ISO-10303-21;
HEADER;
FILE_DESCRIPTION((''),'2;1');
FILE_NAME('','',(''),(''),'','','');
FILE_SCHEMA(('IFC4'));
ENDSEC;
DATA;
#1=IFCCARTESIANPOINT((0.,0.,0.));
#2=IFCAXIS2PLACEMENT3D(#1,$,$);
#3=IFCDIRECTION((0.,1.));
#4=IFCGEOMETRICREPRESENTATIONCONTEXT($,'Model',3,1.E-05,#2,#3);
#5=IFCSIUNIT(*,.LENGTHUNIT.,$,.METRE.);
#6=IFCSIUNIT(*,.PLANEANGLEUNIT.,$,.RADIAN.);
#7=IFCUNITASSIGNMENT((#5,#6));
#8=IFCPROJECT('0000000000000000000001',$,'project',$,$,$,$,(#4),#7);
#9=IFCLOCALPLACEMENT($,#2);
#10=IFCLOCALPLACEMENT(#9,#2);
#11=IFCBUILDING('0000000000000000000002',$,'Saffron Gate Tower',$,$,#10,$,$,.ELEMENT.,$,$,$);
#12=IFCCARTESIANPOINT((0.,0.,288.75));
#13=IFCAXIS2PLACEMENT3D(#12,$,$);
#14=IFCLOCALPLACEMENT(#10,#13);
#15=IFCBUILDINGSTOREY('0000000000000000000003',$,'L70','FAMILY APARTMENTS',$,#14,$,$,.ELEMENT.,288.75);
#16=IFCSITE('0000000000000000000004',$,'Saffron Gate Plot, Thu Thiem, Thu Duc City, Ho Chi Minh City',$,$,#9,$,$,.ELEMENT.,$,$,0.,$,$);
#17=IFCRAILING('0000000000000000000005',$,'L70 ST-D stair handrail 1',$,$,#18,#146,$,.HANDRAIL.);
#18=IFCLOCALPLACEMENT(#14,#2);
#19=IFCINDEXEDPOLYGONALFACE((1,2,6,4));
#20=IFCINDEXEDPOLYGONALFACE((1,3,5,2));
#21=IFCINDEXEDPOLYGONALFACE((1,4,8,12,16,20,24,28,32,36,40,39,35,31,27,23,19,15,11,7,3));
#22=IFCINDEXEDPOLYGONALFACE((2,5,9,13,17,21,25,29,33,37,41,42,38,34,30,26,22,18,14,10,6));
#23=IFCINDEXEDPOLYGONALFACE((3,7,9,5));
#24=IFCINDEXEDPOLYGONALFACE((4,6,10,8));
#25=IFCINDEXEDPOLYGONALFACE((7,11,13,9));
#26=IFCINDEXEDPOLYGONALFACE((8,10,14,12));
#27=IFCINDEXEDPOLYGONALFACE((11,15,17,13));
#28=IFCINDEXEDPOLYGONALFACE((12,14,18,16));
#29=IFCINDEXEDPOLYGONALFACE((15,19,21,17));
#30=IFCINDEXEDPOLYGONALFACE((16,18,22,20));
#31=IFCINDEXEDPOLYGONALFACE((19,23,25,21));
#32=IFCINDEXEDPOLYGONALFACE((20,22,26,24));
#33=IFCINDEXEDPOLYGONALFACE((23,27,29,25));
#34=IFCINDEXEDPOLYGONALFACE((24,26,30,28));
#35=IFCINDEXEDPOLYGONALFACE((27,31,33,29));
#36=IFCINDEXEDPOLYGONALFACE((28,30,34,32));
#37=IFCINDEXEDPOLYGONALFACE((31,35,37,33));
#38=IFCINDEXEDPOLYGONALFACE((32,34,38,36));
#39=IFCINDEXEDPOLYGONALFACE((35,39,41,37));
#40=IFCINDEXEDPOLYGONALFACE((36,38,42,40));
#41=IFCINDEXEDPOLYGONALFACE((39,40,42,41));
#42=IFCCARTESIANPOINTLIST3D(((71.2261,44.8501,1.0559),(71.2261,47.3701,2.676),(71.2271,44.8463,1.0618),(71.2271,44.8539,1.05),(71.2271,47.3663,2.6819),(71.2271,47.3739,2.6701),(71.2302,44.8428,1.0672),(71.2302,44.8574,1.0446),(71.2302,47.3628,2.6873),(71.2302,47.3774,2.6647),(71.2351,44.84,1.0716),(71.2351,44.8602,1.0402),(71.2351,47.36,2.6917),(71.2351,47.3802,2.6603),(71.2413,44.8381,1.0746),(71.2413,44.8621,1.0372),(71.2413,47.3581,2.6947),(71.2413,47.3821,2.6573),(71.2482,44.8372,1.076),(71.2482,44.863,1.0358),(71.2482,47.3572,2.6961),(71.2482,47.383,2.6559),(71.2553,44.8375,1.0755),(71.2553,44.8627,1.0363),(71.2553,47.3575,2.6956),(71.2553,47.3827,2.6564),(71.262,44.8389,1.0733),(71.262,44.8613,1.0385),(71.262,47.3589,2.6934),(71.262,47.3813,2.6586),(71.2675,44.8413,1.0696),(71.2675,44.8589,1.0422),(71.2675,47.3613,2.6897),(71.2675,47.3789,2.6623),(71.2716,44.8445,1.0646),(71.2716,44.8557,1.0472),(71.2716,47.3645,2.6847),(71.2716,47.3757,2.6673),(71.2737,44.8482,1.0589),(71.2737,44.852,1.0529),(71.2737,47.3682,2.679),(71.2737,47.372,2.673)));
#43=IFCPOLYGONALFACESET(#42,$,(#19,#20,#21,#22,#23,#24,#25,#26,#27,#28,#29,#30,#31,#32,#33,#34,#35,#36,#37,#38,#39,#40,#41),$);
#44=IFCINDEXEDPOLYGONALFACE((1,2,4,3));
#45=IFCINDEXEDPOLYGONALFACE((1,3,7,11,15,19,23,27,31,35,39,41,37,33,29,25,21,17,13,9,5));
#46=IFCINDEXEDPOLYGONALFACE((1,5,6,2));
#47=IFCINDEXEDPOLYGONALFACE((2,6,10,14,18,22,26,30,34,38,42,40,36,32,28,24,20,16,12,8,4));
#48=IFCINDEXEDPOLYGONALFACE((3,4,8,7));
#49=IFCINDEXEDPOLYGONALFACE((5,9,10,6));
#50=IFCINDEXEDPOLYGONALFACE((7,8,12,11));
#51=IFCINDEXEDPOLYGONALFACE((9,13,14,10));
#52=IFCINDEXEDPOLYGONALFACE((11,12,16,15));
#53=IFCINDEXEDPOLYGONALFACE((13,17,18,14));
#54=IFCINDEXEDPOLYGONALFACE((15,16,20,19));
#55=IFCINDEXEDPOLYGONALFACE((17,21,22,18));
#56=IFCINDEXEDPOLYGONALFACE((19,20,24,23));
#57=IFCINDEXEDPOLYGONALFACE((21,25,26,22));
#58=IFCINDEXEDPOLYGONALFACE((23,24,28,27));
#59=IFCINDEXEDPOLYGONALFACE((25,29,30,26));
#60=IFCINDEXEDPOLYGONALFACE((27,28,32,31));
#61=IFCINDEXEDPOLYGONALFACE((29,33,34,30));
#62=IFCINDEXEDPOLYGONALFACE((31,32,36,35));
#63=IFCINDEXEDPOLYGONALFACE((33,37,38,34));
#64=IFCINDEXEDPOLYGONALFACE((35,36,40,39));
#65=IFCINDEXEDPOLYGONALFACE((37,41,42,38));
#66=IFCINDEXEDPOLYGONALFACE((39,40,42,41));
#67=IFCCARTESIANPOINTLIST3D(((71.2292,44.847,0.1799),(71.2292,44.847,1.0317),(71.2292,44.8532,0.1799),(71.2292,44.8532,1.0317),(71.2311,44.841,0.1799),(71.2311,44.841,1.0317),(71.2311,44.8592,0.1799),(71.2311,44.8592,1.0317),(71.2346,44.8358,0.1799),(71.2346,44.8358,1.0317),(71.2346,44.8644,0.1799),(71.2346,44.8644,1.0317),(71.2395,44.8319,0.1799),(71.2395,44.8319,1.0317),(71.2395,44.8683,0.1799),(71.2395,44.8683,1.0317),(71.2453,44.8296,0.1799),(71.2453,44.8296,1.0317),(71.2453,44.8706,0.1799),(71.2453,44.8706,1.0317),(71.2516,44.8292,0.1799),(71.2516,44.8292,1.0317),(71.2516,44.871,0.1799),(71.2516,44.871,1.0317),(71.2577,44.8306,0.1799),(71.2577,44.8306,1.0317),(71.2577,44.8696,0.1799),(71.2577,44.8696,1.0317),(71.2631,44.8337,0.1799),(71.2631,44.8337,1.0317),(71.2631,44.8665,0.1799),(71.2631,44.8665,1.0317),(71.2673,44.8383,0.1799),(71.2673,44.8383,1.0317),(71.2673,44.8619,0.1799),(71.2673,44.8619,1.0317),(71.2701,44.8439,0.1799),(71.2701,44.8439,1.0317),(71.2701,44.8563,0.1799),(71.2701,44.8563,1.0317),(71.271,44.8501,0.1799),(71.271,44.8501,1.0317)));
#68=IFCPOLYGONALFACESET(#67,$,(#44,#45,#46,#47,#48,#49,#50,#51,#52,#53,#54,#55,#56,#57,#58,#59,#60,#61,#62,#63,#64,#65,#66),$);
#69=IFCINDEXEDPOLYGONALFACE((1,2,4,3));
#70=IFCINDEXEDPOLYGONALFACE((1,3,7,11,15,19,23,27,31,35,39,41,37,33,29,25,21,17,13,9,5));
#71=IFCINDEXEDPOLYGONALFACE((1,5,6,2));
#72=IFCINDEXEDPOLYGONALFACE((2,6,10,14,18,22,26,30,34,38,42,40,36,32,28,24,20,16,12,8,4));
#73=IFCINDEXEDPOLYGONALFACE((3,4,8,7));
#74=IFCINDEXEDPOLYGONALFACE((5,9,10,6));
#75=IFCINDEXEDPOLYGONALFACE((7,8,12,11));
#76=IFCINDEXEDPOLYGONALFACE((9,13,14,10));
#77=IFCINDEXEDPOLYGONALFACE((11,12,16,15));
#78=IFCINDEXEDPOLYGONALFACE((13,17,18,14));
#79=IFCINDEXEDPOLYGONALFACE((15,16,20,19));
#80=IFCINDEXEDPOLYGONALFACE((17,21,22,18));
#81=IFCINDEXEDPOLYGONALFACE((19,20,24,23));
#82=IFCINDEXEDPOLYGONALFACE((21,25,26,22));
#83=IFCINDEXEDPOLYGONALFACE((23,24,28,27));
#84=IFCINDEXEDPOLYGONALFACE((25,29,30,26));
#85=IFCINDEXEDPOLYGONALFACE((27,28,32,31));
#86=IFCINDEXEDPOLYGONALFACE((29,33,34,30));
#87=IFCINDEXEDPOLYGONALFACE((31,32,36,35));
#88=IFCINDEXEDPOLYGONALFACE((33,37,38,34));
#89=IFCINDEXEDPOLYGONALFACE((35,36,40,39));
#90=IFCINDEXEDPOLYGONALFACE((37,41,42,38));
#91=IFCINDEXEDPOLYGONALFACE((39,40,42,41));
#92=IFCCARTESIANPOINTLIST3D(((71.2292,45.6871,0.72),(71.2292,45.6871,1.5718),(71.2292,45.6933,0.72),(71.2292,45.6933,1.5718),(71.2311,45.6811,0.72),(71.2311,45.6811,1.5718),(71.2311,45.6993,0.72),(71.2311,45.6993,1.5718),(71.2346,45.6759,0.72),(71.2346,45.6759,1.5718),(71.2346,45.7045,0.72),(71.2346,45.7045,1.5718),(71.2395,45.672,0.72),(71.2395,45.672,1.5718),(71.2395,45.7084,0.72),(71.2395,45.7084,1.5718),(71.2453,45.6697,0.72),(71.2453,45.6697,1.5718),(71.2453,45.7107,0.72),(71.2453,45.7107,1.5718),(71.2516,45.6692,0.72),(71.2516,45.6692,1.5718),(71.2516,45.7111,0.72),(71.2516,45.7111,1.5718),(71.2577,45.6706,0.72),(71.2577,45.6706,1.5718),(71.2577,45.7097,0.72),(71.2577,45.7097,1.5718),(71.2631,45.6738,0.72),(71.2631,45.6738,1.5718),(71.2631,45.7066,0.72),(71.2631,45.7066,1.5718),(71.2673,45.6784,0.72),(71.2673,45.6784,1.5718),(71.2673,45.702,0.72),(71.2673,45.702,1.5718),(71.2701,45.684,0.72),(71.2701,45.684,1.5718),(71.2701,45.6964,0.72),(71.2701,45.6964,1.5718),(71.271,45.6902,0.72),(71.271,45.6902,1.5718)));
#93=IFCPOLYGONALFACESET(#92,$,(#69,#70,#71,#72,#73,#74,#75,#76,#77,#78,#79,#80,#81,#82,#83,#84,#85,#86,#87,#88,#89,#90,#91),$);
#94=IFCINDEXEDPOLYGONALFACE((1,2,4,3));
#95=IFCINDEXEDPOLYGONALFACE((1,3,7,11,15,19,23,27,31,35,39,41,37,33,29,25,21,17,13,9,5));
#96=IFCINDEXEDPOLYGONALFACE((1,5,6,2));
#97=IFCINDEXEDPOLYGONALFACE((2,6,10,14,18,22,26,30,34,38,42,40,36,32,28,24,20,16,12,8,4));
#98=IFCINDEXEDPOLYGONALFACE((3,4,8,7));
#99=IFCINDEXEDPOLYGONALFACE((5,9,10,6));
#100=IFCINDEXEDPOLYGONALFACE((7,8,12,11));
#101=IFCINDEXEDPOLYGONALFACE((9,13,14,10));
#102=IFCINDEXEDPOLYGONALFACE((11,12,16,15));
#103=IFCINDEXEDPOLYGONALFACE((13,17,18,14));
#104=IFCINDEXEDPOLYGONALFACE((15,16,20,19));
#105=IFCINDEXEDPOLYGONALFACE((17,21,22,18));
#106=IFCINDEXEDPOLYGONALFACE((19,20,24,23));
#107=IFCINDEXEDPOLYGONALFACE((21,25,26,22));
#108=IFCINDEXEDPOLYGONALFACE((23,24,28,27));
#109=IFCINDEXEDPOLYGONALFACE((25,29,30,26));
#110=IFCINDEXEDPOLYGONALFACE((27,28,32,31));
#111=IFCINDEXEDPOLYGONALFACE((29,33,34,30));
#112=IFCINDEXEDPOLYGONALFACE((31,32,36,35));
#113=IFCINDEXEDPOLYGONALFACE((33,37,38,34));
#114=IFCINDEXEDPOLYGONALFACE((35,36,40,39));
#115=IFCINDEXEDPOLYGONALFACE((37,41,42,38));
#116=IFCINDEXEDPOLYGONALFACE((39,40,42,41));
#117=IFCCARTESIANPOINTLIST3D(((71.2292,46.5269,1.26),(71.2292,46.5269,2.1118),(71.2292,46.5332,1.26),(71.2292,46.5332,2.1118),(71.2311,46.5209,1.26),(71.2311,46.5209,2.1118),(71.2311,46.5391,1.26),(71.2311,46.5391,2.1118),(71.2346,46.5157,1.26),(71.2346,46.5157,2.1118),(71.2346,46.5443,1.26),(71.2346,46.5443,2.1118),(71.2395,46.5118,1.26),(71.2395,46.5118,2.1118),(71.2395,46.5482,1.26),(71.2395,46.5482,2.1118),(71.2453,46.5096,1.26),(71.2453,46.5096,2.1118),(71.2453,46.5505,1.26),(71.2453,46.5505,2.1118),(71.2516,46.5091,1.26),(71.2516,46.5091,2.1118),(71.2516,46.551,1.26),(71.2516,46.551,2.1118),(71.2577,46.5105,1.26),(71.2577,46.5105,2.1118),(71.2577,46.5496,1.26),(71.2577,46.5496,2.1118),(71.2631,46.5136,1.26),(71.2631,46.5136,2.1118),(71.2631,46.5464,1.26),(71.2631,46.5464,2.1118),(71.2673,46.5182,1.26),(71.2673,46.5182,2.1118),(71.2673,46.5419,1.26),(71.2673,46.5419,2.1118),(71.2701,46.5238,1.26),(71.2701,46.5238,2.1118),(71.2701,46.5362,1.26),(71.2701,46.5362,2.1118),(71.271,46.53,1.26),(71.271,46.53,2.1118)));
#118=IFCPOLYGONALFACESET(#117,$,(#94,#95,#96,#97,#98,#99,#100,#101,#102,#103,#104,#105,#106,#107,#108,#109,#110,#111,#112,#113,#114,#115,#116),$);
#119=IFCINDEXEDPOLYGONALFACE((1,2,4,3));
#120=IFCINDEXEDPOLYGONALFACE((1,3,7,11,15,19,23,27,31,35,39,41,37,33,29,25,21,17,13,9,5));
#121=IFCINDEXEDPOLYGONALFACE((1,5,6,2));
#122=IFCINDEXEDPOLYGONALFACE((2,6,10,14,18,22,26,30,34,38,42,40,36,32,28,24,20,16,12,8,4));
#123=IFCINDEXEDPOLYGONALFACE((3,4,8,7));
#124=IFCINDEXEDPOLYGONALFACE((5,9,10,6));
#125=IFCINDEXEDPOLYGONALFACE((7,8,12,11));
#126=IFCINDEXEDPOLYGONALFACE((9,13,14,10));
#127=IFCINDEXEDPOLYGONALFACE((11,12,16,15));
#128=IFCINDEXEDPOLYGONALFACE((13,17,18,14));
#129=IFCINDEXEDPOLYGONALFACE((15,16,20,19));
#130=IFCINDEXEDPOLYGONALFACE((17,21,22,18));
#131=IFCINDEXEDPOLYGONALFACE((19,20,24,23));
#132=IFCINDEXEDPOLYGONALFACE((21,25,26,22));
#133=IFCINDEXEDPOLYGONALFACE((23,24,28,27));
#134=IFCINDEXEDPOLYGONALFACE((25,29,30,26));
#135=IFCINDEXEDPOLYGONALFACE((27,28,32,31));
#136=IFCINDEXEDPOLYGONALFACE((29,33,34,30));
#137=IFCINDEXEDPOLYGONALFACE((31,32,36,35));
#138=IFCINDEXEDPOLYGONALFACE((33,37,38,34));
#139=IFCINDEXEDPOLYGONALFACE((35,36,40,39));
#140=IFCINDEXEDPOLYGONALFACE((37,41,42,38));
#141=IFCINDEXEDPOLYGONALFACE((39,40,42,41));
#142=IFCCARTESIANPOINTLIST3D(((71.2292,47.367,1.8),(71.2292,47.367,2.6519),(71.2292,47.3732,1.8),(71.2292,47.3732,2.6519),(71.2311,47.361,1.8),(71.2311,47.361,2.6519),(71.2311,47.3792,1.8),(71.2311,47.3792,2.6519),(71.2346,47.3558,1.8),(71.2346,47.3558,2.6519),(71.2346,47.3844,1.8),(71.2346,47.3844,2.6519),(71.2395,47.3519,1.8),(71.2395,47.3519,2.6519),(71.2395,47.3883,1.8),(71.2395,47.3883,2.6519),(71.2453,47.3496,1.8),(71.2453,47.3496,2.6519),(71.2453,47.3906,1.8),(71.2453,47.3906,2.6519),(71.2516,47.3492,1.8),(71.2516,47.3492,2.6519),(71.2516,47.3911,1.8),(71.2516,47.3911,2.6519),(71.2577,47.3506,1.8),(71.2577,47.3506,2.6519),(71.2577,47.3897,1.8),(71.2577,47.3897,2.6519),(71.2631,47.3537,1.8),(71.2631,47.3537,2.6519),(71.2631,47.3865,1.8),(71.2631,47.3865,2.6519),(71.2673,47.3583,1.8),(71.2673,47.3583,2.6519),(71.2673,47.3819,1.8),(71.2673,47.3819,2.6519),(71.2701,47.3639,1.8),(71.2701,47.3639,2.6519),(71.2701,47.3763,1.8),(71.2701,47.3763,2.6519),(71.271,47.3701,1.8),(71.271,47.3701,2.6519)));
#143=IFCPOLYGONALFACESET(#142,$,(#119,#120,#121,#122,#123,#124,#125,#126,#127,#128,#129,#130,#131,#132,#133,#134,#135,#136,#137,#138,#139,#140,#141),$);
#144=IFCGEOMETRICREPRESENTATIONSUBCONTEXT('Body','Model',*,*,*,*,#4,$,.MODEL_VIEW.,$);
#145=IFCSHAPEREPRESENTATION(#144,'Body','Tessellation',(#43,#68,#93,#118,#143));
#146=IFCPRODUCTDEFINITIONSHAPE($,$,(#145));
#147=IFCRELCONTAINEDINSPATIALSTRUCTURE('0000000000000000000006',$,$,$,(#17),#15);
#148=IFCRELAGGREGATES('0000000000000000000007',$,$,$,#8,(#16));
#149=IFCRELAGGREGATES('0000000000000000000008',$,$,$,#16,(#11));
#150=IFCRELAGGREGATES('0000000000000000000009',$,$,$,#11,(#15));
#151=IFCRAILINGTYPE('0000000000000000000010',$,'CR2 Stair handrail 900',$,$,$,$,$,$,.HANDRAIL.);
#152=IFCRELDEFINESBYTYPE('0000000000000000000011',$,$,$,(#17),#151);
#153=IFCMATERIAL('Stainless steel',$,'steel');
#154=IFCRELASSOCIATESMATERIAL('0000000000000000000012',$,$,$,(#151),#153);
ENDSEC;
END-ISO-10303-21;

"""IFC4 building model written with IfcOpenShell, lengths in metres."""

from ifc_helpers import new_model, si_unit, direction, frame, origin, origin_2d, place, context, subcontext, project, spatial, circle, extrude, material, type_object, element, save


model = new_model("IFC4")

# Units and contexts
model_context = context("Model", 3, precision=1e-05, world=origin(), true_north=direction((0.0, 1.0)))
body_context = subcontext(model_context, "Body", "Model", "MODEL_VIEW")
ifc_project = project(units=[si_unit("LENGTHUNIT", "METRE"), si_unit("PLANEANGLEUNIT", "RADIAN")], contexts=[model_context])

# Site, building, storey
site_placement = place(None, origin())
site = spatial("IfcSite", under=ifc_project, at=site_placement, Name="Saffron Gate Plot, Thu Thiem, Thu Duc City, Ho Chi Minh City", CompositionType="ELEMENT", RefElevation=0.0)
building_placement = place(site_placement, origin())
building = spatial("IfcBuilding", under=site, at=building_placement, Name="Saffron Gate Tower", CompositionType="ELEMENT")
storey_placement = place(building_placement, frame((0.0, 0.0, 288.75)))
storey = spatial("IfcBuildingStorey", under=building, at=storey_placement, Name="L70", Description="FAMILY APARTMENTS", CompositionType="ELEMENT", Elevation=288.75)

# Railing
ifc_material_1 = material(Name="Stainless steel", Category="steel")
railing_type_1 = type_object("IfcRailingType", Name="CR2 Stair handrail 900", PredefinedType="HANDRAIL", material=ifc_material_1)
railing_1_placement = place(storey_placement, frame((71.25, 44.8501, 0.1799)))
element("IfcRailing", 1, at=railing_1_placement, inside=storey, type_object=railing_type_1, Name="L70 ST-D stair handrail 1", PredefinedType="HANDRAIL", context=body_context, shape_type="SweptSolid", body=[
    extrude(circle(Radius=0.0239, at=origin_2d()), frame((0.0, 0.0, 0.876), z_axis=(0.0, 0.841163, 0.540782), x_axis=(-1.0, 0.0, 0.0)), (0.0, 0.0, 1.0), 2.9958),
    extrude(circle(Radius=0.021, at=origin_2d()), origin(), (0.0, 0.0, 1.0), 0.8518),
    extrude(circle(Radius=0.021, at=origin_2d()), frame((0.0, 0.8401, 0.54)), (0.0, 0.0, 1.0), 0.8518),
    extrude(circle(Radius=0.021, at=origin_2d()), frame((0.0, 1.6799, 1.0801)), (0.0, 0.0, 1.0), 0.8518),
    extrude(circle(Radius=0.021, at=origin_2d()), frame((0.0, 2.52, 1.6201)), (0.0, 0.0, 1.0), 0.8518),
])

save(model, "model.ifc")
